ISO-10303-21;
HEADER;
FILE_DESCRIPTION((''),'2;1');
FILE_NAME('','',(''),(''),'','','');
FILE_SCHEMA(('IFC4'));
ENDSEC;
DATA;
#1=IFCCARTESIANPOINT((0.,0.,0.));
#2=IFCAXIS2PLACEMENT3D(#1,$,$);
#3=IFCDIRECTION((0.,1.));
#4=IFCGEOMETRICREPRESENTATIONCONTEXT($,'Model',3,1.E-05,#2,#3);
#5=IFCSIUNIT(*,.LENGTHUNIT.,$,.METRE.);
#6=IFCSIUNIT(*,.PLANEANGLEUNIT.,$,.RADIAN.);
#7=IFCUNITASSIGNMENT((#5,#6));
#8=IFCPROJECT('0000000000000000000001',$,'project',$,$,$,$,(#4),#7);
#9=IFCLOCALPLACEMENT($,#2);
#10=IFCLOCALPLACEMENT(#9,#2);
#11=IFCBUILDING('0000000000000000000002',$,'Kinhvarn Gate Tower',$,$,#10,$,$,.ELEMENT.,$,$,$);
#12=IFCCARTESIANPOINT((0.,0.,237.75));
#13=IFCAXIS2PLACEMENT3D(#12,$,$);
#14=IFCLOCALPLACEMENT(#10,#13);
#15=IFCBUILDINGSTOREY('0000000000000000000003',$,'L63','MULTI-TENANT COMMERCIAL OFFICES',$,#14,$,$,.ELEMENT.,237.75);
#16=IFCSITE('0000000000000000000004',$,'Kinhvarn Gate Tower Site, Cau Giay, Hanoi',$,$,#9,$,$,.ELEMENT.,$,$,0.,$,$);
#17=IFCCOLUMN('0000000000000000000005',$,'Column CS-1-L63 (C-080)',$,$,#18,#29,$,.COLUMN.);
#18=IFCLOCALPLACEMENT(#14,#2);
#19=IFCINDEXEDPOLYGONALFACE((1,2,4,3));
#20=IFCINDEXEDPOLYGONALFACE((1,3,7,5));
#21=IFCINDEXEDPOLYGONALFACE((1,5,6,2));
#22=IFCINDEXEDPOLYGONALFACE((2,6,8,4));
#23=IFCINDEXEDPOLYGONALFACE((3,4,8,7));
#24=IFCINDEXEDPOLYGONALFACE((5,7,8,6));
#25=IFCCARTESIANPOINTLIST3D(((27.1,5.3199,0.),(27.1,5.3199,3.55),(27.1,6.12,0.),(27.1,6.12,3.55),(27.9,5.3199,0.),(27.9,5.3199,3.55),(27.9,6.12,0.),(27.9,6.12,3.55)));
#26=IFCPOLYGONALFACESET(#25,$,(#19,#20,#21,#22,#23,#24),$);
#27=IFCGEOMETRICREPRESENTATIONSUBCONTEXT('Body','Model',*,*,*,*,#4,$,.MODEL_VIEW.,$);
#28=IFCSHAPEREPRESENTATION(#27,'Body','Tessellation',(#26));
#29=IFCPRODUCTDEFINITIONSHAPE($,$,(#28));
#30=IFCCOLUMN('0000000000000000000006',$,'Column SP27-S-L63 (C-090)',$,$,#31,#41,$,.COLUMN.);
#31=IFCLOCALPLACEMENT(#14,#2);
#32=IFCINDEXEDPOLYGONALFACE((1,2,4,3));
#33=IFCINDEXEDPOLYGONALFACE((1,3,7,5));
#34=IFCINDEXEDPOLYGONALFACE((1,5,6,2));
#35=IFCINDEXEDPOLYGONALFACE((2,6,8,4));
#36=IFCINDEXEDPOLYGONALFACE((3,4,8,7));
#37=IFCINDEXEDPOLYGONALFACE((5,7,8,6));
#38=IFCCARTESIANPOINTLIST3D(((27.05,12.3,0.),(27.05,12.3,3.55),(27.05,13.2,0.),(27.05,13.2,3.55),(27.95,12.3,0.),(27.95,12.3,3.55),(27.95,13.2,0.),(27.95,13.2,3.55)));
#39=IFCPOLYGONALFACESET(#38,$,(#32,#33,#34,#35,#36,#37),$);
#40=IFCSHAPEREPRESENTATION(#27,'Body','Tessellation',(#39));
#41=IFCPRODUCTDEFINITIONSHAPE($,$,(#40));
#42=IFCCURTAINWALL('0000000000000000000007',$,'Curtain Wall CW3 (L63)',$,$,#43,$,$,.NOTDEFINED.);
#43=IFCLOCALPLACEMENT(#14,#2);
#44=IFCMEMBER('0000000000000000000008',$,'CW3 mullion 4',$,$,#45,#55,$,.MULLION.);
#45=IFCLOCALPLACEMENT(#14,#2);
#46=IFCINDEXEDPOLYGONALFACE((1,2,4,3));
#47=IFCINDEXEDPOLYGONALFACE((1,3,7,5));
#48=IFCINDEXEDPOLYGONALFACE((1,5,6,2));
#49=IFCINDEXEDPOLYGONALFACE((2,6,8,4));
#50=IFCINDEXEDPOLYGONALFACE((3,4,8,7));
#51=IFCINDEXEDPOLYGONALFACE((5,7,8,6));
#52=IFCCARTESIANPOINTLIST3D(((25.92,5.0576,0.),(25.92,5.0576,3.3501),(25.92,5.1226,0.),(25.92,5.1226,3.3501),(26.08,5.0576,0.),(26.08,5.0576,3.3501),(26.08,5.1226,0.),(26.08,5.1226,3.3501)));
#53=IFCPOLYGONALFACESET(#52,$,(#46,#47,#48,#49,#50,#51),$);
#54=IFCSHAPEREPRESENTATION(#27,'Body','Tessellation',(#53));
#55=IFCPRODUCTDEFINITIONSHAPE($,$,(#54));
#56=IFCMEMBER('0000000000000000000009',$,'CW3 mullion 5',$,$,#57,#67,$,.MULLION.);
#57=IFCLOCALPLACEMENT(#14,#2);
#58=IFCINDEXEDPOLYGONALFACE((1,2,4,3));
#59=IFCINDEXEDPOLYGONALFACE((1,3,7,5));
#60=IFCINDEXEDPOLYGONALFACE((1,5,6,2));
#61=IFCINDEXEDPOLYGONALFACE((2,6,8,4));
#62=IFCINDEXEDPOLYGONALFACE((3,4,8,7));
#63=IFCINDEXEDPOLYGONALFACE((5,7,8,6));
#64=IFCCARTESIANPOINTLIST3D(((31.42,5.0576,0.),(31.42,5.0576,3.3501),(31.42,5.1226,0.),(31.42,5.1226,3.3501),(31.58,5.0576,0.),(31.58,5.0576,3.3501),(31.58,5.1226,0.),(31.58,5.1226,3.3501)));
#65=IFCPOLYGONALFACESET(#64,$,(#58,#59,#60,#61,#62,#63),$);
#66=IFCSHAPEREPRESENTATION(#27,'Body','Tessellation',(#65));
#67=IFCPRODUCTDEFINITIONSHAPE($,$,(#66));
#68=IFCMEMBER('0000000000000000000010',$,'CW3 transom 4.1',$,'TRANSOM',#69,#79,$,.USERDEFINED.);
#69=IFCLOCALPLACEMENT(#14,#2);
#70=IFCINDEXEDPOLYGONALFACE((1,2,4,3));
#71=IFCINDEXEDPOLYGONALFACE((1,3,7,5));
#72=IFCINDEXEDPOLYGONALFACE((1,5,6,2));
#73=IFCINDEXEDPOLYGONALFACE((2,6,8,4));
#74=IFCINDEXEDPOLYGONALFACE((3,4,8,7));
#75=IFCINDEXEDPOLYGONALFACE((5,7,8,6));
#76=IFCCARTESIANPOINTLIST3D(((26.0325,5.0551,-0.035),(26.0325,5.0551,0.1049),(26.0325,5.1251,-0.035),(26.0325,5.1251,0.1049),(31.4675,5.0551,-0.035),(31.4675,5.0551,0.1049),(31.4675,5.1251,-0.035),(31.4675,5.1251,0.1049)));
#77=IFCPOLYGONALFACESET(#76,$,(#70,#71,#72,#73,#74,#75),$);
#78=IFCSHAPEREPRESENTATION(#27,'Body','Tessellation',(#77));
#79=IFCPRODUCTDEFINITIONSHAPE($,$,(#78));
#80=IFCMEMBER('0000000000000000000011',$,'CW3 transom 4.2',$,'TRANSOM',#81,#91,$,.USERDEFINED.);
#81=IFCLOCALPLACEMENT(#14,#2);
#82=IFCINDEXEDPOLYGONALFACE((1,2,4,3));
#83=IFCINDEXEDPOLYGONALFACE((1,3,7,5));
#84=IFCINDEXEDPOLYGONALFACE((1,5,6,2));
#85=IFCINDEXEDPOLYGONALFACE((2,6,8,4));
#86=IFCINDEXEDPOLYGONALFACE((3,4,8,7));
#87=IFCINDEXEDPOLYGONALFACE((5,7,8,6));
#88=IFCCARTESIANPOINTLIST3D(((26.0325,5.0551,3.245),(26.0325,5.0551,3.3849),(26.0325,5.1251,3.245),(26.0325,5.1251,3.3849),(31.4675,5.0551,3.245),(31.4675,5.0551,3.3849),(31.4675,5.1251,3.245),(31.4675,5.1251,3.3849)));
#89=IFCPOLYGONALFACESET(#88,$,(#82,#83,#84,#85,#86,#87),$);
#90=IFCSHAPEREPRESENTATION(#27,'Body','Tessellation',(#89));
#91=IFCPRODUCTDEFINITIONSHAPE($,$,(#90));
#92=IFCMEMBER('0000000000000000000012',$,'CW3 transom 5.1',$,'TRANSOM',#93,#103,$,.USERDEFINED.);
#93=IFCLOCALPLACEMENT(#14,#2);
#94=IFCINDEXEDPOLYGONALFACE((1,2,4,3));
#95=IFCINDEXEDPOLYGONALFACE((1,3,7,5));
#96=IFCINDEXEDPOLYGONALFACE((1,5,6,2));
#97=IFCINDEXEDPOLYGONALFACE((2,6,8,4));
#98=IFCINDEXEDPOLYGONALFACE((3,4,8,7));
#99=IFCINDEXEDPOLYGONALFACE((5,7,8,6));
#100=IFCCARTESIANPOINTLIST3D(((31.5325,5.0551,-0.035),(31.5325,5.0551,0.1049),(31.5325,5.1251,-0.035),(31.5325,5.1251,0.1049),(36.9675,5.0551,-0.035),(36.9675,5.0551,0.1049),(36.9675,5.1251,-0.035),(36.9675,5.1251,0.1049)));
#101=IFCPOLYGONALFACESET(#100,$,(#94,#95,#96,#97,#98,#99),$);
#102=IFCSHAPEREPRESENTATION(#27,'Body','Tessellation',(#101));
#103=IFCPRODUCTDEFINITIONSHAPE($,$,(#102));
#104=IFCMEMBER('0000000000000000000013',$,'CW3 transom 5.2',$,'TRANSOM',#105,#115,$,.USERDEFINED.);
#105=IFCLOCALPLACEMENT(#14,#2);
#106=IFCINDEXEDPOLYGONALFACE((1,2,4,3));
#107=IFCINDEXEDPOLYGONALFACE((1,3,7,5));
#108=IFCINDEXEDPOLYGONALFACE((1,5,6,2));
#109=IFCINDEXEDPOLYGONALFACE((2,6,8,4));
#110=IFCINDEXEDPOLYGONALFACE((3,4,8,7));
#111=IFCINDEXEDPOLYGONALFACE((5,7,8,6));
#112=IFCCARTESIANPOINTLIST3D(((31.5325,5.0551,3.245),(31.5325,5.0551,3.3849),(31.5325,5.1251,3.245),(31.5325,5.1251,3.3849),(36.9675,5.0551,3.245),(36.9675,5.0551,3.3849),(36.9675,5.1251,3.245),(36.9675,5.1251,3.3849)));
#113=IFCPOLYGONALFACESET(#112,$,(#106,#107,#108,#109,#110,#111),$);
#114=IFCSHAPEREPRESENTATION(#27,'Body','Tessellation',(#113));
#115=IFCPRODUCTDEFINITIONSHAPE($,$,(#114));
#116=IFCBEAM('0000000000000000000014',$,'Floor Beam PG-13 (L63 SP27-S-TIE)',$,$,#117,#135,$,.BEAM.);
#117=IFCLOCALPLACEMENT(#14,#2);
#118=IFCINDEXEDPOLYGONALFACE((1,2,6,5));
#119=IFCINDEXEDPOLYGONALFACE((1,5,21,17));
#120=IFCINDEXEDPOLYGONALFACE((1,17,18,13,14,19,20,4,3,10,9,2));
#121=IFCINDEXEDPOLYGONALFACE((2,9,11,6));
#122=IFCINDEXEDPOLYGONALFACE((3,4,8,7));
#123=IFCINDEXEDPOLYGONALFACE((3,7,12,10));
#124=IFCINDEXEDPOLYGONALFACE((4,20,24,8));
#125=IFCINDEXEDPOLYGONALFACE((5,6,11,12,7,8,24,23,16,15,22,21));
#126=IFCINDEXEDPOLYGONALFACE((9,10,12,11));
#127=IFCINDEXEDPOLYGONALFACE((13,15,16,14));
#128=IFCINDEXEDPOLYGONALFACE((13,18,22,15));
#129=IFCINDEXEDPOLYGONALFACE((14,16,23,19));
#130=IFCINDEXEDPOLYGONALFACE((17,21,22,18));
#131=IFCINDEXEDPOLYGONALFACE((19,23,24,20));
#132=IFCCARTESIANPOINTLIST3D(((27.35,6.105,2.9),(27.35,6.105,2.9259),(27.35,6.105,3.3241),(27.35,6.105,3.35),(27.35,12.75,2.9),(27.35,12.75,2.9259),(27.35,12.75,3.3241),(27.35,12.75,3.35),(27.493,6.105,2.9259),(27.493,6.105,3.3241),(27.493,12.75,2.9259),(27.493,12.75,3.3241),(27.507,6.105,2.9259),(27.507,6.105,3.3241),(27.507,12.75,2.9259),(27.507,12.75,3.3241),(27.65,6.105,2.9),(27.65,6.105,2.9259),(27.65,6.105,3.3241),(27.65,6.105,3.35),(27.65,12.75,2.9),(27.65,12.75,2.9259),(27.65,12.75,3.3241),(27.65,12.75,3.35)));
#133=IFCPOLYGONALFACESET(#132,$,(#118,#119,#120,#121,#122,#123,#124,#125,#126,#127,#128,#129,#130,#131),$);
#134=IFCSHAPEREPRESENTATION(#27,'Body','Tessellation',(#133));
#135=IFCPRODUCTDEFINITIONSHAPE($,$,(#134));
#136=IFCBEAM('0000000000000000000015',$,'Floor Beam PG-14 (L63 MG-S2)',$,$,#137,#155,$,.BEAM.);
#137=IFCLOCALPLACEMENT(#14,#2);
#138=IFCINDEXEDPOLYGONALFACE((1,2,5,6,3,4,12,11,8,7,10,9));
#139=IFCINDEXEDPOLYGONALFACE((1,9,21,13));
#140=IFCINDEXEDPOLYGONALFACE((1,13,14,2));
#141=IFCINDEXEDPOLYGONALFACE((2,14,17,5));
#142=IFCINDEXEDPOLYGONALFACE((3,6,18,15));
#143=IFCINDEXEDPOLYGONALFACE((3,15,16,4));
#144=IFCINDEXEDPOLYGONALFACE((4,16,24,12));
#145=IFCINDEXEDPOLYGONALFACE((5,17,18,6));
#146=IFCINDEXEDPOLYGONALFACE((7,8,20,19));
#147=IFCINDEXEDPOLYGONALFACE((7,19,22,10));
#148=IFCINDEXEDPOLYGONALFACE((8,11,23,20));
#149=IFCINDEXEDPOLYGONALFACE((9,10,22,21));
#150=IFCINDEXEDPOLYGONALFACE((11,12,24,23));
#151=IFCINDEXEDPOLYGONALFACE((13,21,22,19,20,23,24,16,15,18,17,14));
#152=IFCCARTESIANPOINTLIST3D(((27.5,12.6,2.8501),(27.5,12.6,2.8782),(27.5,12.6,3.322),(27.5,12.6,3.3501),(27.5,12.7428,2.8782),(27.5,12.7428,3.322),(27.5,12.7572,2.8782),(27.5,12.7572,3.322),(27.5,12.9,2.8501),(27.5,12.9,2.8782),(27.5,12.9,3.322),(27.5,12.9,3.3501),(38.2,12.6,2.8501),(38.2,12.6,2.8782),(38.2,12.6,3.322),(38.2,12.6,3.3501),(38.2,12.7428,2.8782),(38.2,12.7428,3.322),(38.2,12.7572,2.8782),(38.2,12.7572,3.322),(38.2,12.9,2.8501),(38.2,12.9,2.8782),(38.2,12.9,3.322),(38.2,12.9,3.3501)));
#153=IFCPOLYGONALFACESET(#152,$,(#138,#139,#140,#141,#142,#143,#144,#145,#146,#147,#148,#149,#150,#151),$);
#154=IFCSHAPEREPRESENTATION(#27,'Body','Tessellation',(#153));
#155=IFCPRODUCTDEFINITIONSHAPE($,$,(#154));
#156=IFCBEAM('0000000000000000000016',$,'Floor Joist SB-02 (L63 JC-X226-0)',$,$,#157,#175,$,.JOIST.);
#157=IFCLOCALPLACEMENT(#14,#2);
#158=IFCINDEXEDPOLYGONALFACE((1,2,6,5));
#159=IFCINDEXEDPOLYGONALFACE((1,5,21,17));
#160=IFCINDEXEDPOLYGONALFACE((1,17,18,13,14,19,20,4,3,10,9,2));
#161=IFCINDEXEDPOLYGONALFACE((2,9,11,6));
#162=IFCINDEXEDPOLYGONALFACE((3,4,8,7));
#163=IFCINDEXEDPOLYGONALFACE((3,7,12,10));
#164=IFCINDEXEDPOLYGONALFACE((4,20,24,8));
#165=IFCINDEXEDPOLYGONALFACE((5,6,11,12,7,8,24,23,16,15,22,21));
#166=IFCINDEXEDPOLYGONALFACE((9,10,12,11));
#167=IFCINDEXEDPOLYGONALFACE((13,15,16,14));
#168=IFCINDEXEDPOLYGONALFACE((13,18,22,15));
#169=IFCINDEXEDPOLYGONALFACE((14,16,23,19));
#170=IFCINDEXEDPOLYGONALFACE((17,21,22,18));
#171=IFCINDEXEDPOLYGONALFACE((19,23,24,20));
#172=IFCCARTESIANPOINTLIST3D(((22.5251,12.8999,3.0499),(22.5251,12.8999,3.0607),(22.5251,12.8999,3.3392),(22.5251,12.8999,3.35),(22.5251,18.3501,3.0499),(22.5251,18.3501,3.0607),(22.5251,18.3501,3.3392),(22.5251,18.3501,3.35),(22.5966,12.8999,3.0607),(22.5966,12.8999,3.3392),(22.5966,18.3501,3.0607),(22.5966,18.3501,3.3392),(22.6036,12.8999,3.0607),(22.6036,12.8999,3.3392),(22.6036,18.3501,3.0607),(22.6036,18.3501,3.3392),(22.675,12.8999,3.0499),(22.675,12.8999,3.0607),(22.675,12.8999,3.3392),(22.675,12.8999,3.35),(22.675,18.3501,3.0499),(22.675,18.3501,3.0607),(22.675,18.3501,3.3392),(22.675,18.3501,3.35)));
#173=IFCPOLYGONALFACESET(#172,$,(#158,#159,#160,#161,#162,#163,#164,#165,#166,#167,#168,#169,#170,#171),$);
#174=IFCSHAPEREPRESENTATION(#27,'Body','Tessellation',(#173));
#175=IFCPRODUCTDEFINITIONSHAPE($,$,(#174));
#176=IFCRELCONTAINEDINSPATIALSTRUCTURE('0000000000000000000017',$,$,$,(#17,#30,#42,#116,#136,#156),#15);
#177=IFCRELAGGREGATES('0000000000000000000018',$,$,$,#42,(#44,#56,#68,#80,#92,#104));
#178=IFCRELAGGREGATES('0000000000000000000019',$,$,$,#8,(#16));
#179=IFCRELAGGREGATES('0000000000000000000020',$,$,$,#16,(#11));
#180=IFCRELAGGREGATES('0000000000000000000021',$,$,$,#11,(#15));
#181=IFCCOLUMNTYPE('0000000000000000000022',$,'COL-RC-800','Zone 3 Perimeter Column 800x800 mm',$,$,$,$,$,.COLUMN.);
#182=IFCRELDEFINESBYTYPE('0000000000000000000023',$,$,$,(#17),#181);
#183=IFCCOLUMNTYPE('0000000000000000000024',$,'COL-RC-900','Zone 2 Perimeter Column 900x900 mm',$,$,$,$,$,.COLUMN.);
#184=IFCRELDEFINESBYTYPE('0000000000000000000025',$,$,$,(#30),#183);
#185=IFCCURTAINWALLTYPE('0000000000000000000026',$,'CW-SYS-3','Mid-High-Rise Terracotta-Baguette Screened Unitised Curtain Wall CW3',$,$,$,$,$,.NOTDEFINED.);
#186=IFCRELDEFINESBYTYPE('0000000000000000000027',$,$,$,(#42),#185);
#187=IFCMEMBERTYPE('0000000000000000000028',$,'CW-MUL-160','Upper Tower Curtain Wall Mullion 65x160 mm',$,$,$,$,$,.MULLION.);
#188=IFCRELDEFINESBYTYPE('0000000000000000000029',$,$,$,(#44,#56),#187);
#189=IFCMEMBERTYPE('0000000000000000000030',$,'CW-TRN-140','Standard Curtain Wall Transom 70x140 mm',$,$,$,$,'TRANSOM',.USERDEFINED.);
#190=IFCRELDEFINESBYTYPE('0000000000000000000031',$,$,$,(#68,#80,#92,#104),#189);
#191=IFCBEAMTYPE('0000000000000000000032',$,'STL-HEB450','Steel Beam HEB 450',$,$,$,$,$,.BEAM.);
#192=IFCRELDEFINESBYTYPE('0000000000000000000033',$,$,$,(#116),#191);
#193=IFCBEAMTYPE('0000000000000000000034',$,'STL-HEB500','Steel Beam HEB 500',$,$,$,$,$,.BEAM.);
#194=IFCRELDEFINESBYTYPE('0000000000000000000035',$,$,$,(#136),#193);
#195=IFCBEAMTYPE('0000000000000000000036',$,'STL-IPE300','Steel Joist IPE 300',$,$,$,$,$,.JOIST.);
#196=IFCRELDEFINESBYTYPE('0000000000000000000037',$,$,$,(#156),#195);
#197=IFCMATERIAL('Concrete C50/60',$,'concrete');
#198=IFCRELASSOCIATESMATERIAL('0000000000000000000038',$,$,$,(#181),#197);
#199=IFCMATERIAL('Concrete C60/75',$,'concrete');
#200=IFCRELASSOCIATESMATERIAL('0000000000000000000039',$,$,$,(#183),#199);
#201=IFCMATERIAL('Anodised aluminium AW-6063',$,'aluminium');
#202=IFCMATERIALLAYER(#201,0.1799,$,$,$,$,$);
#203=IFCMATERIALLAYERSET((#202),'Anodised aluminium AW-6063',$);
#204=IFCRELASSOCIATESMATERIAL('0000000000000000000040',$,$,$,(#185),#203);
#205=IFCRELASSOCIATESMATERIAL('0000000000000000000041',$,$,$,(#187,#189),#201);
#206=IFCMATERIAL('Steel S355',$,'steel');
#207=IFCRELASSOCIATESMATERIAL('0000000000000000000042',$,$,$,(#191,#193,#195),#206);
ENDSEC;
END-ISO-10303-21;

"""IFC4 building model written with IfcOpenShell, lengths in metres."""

from ifc_helpers import new_model, si_unit, direction, frame, origin, origin_2d, place, context, subcontext, project, spatial, rectangle, i_section, extrude, material, layer, layer_set, material_profile, profile_set, type_object, element, aggregate, save


model = new_model("IFC4")

# Units and contexts
model_context = context("Model", 3, precision=1e-05, world=origin(), true_north=direction((0.0, 1.0)))
body_context = subcontext(model_context, "Body", "Model", "MODEL_VIEW")
ifc_project = project(units=[si_unit("LENGTHUNIT", "METRE"), si_unit("PLANEANGLEUNIT", "RADIAN")], contexts=[model_context])

# Site, building, storey
site_placement = place(None, origin())
site = spatial("IfcSite", under=ifc_project, at=site_placement, Name="Kinhvarn Gate Tower Site, Cau Giay, Hanoi", CompositionType="ELEMENT", RefElevation=0.0)
building_placement = place(site_placement, origin())
building = spatial("IfcBuilding", under=site, at=building_placement, Name="Kinhvarn Gate Tower", CompositionType="ELEMENT")
storey_placement = place(building_placement, frame((0.0, 0.0, 237.75)))
storey = spatial("IfcBuildingStorey", under=building, at=storey_placement, Name="L63", Description="MULTI-TENANT COMMERCIAL OFFICES", CompositionType="ELEMENT", Elevation=237.75)

# Columns
ifc_material_1 = material(Name="Concrete C50/60", Category="concrete")
ifc_material_profile_1 = material_profile(ifc_material_1, rectangle(XDim=0.8, YDim=0.8, at=origin_2d()), Name="RC 800x800")
ifc_profile_set_1 = profile_set([ifc_material_profile_1], Name="Concrete C50/60")
column_type_1 = type_object("IfcColumnType", Name="COL-RC-800", Description="Zone 3 Perimeter Column 800x800 mm", PredefinedType="COLUMN", material=ifc_profile_set_1)
column_1_placement = place(storey_placement, frame((27.5, 5.72, 0.0), z_axis=(0.0, 0.0, 1.0), x_axis=(1.0, 0.0, 0.0)))
element("IfcColumn", 1, at=column_1_placement, inside=storey, type_object=column_type_1, Name="Column CS-1-L63 (C-080)", PredefinedType="COLUMN", context=body_context, shape_type="SweptSolid", body=[
    extrude(rectangle(XDim=0.8, YDim=0.8, at=origin_2d()), origin(), (0.0, 0.0, 1.0), 3.55),
])
ifc_material_2 = material(Name="Concrete C60/75", Category="concrete")
ifc_material_profile_2 = material_profile(ifc_material_2, rectangle(XDim=0.8999, YDim=0.8999, at=origin_2d()), Name="RC 900x900")
ifc_profile_set_2 = profile_set([ifc_material_profile_2], Name="Concrete C60/75")
column_type_2 = type_object("IfcColumnType", Name="COL-RC-900", Description="Zone 2 Perimeter Column 900x900 mm", PredefinedType="COLUMN", material=ifc_profile_set_2)
column_2_placement = place(storey_placement, frame((27.5, 12.75, 0.0), z_axis=(0.0, 0.0, 1.0), x_axis=(1.0, 0.0, 0.0)))
element("IfcColumn", 2, at=column_2_placement, inside=storey, type_object=column_type_2, Name="Column SP27-S-L63 (C-090)", PredefinedType="COLUMN", context=body_context, shape_type="SweptSolid", body=[
    extrude(rectangle(XDim=0.8999, YDim=0.8999, at=origin_2d()), origin(), (0.0, 0.0, 1.0), 3.55),
])

# Curtain wall, members
ifc_material_3 = material(Name="Anodised aluminium AW-6063", Category="aluminium")
ifc_layer_1 = layer(ifc_material_3, 0.1799)
ifc_layer_set_1 = layer_set([ifc_layer_1], Name="Anodised aluminium AW-6063")
curtain_wall_type = type_object("IfcCurtainWallType", Name="CW-SYS-3", Description="Mid-High-Rise Terracotta-Baguette Screened Unitised Curtain Wall CW3", PredefinedType="NOTDEFINED", material=ifc_layer_set_1)
curtain_wall_placement = place(storey_placement, origin())
curtain_wall = element("IfcCurtainWall", 3, at=curtain_wall_placement, inside=storey, type_object=curtain_wall_type, Name="Curtain Wall CW3 (L63)", PredefinedType="NOTDEFINED")
ifc_material_profile_3 = material_profile(ifc_material_3, rectangle(XDim=0.0649, YDim=0.1599, at=origin_2d()), Name="ALU 65x160")
ifc_profile_set_3 = profile_set([ifc_material_profile_3], Name="Anodised aluminium AW-6063")
member_type_1 = type_object("IfcMemberType", Name="CW-MUL-160", Description="Upper Tower Curtain Wall Mullion 65x160 mm", PredefinedType="MULLION", material=ifc_profile_set_3)
member_1_placement = place(storey_placement, frame((26.0, 5.0901, 0.0), z_axis=(0.0, 0.0, 1.0), x_axis=(0.0, 1.0, 0.0)))
member_1 = element("IfcMember", 4, at=member_1_placement, type_object=member_type_1, Name="CW3 mullion 4", PredefinedType="MULLION", context=body_context, shape_type="SweptSolid", body=[
    extrude(rectangle(XDim=0.0649, YDim=0.1599, at=origin_2d()), origin(), (0.0, 0.0, 1.0), 3.3501),
])
member_2_placement = place(storey_placement, frame((31.5, 5.0901, 0.0), z_axis=(0.0, 0.0, 1.0), x_axis=(0.0, 1.0, 0.0)))
member_2 = element("IfcMember", 5, at=member_2_placement, type_object=member_type_1, Name="CW3 mullion 5", PredefinedType="MULLION", context=body_context, shape_type="SweptSolid", body=[
    extrude(rectangle(XDim=0.0649, YDim=0.1599, at=origin_2d()), origin(), (0.0, 0.0, 1.0), 3.3501),
])
ifc_material_profile_4 = material_profile(ifc_material_3, rectangle(XDim=0.0701, YDim=0.1399, at=origin_2d()), Name="ALU 70x140")
ifc_profile_set_4 = profile_set([ifc_material_profile_4], Name="Anodised aluminium AW-6063")
member_type_2 = type_object("IfcMemberType", Name="CW-TRN-140", Description="Standard Curtain Wall Transom 70x140 mm", ElementType="TRANSOM", PredefinedType="USERDEFINED", material=ifc_profile_set_4)
member_3_placement = place(storey_placement, frame((26.0325, 5.0901, 0.0349), z_axis=(1.0, 0.0, 0.0), x_axis=(0.0, 1.0, 0.0)))
member_3 = element("IfcMember", 6, at=member_3_placement, type_object=member_type_2, Name="CW3 transom 4.1", ObjectType="TRANSOM", PredefinedType="USERDEFINED", context=body_context, shape_type="SweptSolid", body=[
    extrude(rectangle(XDim=0.0701, YDim=0.1399, at=origin_2d()), origin(), (0.0, 0.0, 1.0), 5.4351),
])
member_4_placement = place(storey_placement, frame((26.0325, 5.0901, 3.3149), z_axis=(1.0, 0.0, 0.0), x_axis=(0.0, 1.0, 0.0)))
member_4 = element("IfcMember", 7, at=member_4_placement, type_object=member_type_2, Name="CW3 transom 4.2", ObjectType="TRANSOM", PredefinedType="USERDEFINED", context=body_context, shape_type="SweptSolid", body=[
    extrude(rectangle(XDim=0.0701, YDim=0.1399, at=origin_2d()), origin(), (0.0, 0.0, 1.0), 5.4351),
])
member_5_placement = place(storey_placement, frame((31.5325, 5.0901, 0.0349), z_axis=(1.0, 0.0, 0.0), x_axis=(0.0, 1.0, 0.0)))
member_5 = element("IfcMember", 8, at=member_5_placement, type_object=member_type_2, Name="CW3 transom 5.1", ObjectType="TRANSOM", PredefinedType="USERDEFINED", context=body_context, shape_type="SweptSolid", body=[
    extrude(rectangle(XDim=0.0701, YDim=0.1399, at=origin_2d()), origin(), (0.0, 0.0, 1.0), 5.4351),
])
member_6_placement = place(storey_placement, frame((31.5325, 5.0901, 3.3149), z_axis=(1.0, 0.0, 0.0), x_axis=(0.0, 1.0, 0.0)))
member_6 = element("IfcMember", 9, at=member_6_placement, type_object=member_type_2, Name="CW3 transom 5.2", ObjectType="TRANSOM", PredefinedType="USERDEFINED", context=body_context, shape_type="SweptSolid", body=[
    extrude(rectangle(XDim=0.0701, YDim=0.1399, at=origin_2d()), origin(), (0.0, 0.0, 1.0), 5.4351),
])

# Beams
ifc_material_4 = material(Name="Steel S355", Category="steel")
ifc_material_profile_5 = material_profile(ifc_material_4, i_section(OverallWidth=0.3, OverallDepth=0.45, WebThickness=0.0139, FlangeThickness=0.0259, at=origin_2d()), Name="HEB 450")
ifc_profile_set_5 = profile_set([ifc_material_profile_5], Name="Steel S355")
beam_type_1 = type_object("IfcBeamType", Name="STL-HEB450", Description="Steel Beam HEB 450", PredefinedType="BEAM", material=ifc_profile_set_5)
beam_1_placement = place(storey_placement, frame((27.5, 6.105, 3.125), z_axis=(0.0, 1.0, 0.0), x_axis=(-1.0, 0.0, 0.0)))
element("IfcBeam", 10, at=beam_1_placement, inside=storey, type_object=beam_type_1, Name="Floor Beam PG-13 (L63 SP27-S-TIE)", PredefinedType="BEAM", context=body_context, shape_type="SweptSolid", body=[
    extrude(i_section(OverallWidth=0.3, OverallDepth=0.45, WebThickness=0.0139, FlangeThickness=0.0259, at=origin_2d()), origin(), (0.0, 0.0, 1.0), 6.645),
])
ifc_material_profile_6 = material_profile(ifc_material_4, i_section(OverallWidth=0.3, OverallDepth=0.5, WebThickness=0.0144, FlangeThickness=0.0281, at=origin_2d()), Name="HEB 500")
ifc_profile_set_6 = profile_set([ifc_material_profile_6], Name="Steel S355")
beam_type_2 = type_object("IfcBeamType", Name="STL-HEB500", Description="Steel Beam HEB 500", PredefinedType="BEAM", material=ifc_profile_set_6)
beam_2_placement = place(storey_placement, frame((27.5, 12.75, 3.1001), z_axis=(1.0, 0.0, 0.0), x_axis=(0.0, 1.0, 0.0)))
element("IfcBeam", 11, at=beam_2_placement, inside=storey, type_object=beam_type_2, Name="Floor Beam PG-14 (L63 MG-S2)", PredefinedType="BEAM", context=body_context, shape_type="SweptSolid", body=[
    extrude(i_section(OverallWidth=0.3, OverallDepth=0.5, WebThickness=0.0144, FlangeThickness=0.0281, at=origin_2d()), origin(), (0.0, 0.0, 1.0), 10.7),
])
ifc_material_profile_7 = material_profile(ifc_material_4, i_section(OverallWidth=0.1499, OverallDepth=0.3, WebThickness=0.0071, FlangeThickness=0.0107, at=origin_2d()), Name="IPE 300")
ifc_profile_set_7 = profile_set([ifc_material_profile_7], Name="Steel S355")
beam_type_3 = type_object("IfcBeamType", Name="STL-IPE300", Description="Steel Joist IPE 300", PredefinedType="JOIST", material=ifc_profile_set_7)
for number, where, z_axis, x_axis, name in (
    (12, (22.6001, 12.8999, 3.2), (0.0, 1.0, 0.0), (-1.0, 0.0, 0.0), "Floor Joist SB-02 (L63 JC-X226-0)"),
):
    element("IfcBeam", number, at=place(storey_placement, frame(where, z_axis=z_axis, x_axis=x_axis)), inside=storey, type_object=beam_type_3, Name=name, PredefinedType="JOIST", context=body_context, shape_type="SweptSolid", body=[
        extrude(i_section(OverallWidth=0.1499, OverallDepth=0.3, WebThickness=0.0071, FlangeThickness=0.0107, at=origin_2d()), origin(), (0.0, 0.0, 1.0), 5.4502),
    ])

aggregate(curtain_wall, [member_1, member_2, member_3, member_4, member_5, member_6])

save(model, "model.ifc")
